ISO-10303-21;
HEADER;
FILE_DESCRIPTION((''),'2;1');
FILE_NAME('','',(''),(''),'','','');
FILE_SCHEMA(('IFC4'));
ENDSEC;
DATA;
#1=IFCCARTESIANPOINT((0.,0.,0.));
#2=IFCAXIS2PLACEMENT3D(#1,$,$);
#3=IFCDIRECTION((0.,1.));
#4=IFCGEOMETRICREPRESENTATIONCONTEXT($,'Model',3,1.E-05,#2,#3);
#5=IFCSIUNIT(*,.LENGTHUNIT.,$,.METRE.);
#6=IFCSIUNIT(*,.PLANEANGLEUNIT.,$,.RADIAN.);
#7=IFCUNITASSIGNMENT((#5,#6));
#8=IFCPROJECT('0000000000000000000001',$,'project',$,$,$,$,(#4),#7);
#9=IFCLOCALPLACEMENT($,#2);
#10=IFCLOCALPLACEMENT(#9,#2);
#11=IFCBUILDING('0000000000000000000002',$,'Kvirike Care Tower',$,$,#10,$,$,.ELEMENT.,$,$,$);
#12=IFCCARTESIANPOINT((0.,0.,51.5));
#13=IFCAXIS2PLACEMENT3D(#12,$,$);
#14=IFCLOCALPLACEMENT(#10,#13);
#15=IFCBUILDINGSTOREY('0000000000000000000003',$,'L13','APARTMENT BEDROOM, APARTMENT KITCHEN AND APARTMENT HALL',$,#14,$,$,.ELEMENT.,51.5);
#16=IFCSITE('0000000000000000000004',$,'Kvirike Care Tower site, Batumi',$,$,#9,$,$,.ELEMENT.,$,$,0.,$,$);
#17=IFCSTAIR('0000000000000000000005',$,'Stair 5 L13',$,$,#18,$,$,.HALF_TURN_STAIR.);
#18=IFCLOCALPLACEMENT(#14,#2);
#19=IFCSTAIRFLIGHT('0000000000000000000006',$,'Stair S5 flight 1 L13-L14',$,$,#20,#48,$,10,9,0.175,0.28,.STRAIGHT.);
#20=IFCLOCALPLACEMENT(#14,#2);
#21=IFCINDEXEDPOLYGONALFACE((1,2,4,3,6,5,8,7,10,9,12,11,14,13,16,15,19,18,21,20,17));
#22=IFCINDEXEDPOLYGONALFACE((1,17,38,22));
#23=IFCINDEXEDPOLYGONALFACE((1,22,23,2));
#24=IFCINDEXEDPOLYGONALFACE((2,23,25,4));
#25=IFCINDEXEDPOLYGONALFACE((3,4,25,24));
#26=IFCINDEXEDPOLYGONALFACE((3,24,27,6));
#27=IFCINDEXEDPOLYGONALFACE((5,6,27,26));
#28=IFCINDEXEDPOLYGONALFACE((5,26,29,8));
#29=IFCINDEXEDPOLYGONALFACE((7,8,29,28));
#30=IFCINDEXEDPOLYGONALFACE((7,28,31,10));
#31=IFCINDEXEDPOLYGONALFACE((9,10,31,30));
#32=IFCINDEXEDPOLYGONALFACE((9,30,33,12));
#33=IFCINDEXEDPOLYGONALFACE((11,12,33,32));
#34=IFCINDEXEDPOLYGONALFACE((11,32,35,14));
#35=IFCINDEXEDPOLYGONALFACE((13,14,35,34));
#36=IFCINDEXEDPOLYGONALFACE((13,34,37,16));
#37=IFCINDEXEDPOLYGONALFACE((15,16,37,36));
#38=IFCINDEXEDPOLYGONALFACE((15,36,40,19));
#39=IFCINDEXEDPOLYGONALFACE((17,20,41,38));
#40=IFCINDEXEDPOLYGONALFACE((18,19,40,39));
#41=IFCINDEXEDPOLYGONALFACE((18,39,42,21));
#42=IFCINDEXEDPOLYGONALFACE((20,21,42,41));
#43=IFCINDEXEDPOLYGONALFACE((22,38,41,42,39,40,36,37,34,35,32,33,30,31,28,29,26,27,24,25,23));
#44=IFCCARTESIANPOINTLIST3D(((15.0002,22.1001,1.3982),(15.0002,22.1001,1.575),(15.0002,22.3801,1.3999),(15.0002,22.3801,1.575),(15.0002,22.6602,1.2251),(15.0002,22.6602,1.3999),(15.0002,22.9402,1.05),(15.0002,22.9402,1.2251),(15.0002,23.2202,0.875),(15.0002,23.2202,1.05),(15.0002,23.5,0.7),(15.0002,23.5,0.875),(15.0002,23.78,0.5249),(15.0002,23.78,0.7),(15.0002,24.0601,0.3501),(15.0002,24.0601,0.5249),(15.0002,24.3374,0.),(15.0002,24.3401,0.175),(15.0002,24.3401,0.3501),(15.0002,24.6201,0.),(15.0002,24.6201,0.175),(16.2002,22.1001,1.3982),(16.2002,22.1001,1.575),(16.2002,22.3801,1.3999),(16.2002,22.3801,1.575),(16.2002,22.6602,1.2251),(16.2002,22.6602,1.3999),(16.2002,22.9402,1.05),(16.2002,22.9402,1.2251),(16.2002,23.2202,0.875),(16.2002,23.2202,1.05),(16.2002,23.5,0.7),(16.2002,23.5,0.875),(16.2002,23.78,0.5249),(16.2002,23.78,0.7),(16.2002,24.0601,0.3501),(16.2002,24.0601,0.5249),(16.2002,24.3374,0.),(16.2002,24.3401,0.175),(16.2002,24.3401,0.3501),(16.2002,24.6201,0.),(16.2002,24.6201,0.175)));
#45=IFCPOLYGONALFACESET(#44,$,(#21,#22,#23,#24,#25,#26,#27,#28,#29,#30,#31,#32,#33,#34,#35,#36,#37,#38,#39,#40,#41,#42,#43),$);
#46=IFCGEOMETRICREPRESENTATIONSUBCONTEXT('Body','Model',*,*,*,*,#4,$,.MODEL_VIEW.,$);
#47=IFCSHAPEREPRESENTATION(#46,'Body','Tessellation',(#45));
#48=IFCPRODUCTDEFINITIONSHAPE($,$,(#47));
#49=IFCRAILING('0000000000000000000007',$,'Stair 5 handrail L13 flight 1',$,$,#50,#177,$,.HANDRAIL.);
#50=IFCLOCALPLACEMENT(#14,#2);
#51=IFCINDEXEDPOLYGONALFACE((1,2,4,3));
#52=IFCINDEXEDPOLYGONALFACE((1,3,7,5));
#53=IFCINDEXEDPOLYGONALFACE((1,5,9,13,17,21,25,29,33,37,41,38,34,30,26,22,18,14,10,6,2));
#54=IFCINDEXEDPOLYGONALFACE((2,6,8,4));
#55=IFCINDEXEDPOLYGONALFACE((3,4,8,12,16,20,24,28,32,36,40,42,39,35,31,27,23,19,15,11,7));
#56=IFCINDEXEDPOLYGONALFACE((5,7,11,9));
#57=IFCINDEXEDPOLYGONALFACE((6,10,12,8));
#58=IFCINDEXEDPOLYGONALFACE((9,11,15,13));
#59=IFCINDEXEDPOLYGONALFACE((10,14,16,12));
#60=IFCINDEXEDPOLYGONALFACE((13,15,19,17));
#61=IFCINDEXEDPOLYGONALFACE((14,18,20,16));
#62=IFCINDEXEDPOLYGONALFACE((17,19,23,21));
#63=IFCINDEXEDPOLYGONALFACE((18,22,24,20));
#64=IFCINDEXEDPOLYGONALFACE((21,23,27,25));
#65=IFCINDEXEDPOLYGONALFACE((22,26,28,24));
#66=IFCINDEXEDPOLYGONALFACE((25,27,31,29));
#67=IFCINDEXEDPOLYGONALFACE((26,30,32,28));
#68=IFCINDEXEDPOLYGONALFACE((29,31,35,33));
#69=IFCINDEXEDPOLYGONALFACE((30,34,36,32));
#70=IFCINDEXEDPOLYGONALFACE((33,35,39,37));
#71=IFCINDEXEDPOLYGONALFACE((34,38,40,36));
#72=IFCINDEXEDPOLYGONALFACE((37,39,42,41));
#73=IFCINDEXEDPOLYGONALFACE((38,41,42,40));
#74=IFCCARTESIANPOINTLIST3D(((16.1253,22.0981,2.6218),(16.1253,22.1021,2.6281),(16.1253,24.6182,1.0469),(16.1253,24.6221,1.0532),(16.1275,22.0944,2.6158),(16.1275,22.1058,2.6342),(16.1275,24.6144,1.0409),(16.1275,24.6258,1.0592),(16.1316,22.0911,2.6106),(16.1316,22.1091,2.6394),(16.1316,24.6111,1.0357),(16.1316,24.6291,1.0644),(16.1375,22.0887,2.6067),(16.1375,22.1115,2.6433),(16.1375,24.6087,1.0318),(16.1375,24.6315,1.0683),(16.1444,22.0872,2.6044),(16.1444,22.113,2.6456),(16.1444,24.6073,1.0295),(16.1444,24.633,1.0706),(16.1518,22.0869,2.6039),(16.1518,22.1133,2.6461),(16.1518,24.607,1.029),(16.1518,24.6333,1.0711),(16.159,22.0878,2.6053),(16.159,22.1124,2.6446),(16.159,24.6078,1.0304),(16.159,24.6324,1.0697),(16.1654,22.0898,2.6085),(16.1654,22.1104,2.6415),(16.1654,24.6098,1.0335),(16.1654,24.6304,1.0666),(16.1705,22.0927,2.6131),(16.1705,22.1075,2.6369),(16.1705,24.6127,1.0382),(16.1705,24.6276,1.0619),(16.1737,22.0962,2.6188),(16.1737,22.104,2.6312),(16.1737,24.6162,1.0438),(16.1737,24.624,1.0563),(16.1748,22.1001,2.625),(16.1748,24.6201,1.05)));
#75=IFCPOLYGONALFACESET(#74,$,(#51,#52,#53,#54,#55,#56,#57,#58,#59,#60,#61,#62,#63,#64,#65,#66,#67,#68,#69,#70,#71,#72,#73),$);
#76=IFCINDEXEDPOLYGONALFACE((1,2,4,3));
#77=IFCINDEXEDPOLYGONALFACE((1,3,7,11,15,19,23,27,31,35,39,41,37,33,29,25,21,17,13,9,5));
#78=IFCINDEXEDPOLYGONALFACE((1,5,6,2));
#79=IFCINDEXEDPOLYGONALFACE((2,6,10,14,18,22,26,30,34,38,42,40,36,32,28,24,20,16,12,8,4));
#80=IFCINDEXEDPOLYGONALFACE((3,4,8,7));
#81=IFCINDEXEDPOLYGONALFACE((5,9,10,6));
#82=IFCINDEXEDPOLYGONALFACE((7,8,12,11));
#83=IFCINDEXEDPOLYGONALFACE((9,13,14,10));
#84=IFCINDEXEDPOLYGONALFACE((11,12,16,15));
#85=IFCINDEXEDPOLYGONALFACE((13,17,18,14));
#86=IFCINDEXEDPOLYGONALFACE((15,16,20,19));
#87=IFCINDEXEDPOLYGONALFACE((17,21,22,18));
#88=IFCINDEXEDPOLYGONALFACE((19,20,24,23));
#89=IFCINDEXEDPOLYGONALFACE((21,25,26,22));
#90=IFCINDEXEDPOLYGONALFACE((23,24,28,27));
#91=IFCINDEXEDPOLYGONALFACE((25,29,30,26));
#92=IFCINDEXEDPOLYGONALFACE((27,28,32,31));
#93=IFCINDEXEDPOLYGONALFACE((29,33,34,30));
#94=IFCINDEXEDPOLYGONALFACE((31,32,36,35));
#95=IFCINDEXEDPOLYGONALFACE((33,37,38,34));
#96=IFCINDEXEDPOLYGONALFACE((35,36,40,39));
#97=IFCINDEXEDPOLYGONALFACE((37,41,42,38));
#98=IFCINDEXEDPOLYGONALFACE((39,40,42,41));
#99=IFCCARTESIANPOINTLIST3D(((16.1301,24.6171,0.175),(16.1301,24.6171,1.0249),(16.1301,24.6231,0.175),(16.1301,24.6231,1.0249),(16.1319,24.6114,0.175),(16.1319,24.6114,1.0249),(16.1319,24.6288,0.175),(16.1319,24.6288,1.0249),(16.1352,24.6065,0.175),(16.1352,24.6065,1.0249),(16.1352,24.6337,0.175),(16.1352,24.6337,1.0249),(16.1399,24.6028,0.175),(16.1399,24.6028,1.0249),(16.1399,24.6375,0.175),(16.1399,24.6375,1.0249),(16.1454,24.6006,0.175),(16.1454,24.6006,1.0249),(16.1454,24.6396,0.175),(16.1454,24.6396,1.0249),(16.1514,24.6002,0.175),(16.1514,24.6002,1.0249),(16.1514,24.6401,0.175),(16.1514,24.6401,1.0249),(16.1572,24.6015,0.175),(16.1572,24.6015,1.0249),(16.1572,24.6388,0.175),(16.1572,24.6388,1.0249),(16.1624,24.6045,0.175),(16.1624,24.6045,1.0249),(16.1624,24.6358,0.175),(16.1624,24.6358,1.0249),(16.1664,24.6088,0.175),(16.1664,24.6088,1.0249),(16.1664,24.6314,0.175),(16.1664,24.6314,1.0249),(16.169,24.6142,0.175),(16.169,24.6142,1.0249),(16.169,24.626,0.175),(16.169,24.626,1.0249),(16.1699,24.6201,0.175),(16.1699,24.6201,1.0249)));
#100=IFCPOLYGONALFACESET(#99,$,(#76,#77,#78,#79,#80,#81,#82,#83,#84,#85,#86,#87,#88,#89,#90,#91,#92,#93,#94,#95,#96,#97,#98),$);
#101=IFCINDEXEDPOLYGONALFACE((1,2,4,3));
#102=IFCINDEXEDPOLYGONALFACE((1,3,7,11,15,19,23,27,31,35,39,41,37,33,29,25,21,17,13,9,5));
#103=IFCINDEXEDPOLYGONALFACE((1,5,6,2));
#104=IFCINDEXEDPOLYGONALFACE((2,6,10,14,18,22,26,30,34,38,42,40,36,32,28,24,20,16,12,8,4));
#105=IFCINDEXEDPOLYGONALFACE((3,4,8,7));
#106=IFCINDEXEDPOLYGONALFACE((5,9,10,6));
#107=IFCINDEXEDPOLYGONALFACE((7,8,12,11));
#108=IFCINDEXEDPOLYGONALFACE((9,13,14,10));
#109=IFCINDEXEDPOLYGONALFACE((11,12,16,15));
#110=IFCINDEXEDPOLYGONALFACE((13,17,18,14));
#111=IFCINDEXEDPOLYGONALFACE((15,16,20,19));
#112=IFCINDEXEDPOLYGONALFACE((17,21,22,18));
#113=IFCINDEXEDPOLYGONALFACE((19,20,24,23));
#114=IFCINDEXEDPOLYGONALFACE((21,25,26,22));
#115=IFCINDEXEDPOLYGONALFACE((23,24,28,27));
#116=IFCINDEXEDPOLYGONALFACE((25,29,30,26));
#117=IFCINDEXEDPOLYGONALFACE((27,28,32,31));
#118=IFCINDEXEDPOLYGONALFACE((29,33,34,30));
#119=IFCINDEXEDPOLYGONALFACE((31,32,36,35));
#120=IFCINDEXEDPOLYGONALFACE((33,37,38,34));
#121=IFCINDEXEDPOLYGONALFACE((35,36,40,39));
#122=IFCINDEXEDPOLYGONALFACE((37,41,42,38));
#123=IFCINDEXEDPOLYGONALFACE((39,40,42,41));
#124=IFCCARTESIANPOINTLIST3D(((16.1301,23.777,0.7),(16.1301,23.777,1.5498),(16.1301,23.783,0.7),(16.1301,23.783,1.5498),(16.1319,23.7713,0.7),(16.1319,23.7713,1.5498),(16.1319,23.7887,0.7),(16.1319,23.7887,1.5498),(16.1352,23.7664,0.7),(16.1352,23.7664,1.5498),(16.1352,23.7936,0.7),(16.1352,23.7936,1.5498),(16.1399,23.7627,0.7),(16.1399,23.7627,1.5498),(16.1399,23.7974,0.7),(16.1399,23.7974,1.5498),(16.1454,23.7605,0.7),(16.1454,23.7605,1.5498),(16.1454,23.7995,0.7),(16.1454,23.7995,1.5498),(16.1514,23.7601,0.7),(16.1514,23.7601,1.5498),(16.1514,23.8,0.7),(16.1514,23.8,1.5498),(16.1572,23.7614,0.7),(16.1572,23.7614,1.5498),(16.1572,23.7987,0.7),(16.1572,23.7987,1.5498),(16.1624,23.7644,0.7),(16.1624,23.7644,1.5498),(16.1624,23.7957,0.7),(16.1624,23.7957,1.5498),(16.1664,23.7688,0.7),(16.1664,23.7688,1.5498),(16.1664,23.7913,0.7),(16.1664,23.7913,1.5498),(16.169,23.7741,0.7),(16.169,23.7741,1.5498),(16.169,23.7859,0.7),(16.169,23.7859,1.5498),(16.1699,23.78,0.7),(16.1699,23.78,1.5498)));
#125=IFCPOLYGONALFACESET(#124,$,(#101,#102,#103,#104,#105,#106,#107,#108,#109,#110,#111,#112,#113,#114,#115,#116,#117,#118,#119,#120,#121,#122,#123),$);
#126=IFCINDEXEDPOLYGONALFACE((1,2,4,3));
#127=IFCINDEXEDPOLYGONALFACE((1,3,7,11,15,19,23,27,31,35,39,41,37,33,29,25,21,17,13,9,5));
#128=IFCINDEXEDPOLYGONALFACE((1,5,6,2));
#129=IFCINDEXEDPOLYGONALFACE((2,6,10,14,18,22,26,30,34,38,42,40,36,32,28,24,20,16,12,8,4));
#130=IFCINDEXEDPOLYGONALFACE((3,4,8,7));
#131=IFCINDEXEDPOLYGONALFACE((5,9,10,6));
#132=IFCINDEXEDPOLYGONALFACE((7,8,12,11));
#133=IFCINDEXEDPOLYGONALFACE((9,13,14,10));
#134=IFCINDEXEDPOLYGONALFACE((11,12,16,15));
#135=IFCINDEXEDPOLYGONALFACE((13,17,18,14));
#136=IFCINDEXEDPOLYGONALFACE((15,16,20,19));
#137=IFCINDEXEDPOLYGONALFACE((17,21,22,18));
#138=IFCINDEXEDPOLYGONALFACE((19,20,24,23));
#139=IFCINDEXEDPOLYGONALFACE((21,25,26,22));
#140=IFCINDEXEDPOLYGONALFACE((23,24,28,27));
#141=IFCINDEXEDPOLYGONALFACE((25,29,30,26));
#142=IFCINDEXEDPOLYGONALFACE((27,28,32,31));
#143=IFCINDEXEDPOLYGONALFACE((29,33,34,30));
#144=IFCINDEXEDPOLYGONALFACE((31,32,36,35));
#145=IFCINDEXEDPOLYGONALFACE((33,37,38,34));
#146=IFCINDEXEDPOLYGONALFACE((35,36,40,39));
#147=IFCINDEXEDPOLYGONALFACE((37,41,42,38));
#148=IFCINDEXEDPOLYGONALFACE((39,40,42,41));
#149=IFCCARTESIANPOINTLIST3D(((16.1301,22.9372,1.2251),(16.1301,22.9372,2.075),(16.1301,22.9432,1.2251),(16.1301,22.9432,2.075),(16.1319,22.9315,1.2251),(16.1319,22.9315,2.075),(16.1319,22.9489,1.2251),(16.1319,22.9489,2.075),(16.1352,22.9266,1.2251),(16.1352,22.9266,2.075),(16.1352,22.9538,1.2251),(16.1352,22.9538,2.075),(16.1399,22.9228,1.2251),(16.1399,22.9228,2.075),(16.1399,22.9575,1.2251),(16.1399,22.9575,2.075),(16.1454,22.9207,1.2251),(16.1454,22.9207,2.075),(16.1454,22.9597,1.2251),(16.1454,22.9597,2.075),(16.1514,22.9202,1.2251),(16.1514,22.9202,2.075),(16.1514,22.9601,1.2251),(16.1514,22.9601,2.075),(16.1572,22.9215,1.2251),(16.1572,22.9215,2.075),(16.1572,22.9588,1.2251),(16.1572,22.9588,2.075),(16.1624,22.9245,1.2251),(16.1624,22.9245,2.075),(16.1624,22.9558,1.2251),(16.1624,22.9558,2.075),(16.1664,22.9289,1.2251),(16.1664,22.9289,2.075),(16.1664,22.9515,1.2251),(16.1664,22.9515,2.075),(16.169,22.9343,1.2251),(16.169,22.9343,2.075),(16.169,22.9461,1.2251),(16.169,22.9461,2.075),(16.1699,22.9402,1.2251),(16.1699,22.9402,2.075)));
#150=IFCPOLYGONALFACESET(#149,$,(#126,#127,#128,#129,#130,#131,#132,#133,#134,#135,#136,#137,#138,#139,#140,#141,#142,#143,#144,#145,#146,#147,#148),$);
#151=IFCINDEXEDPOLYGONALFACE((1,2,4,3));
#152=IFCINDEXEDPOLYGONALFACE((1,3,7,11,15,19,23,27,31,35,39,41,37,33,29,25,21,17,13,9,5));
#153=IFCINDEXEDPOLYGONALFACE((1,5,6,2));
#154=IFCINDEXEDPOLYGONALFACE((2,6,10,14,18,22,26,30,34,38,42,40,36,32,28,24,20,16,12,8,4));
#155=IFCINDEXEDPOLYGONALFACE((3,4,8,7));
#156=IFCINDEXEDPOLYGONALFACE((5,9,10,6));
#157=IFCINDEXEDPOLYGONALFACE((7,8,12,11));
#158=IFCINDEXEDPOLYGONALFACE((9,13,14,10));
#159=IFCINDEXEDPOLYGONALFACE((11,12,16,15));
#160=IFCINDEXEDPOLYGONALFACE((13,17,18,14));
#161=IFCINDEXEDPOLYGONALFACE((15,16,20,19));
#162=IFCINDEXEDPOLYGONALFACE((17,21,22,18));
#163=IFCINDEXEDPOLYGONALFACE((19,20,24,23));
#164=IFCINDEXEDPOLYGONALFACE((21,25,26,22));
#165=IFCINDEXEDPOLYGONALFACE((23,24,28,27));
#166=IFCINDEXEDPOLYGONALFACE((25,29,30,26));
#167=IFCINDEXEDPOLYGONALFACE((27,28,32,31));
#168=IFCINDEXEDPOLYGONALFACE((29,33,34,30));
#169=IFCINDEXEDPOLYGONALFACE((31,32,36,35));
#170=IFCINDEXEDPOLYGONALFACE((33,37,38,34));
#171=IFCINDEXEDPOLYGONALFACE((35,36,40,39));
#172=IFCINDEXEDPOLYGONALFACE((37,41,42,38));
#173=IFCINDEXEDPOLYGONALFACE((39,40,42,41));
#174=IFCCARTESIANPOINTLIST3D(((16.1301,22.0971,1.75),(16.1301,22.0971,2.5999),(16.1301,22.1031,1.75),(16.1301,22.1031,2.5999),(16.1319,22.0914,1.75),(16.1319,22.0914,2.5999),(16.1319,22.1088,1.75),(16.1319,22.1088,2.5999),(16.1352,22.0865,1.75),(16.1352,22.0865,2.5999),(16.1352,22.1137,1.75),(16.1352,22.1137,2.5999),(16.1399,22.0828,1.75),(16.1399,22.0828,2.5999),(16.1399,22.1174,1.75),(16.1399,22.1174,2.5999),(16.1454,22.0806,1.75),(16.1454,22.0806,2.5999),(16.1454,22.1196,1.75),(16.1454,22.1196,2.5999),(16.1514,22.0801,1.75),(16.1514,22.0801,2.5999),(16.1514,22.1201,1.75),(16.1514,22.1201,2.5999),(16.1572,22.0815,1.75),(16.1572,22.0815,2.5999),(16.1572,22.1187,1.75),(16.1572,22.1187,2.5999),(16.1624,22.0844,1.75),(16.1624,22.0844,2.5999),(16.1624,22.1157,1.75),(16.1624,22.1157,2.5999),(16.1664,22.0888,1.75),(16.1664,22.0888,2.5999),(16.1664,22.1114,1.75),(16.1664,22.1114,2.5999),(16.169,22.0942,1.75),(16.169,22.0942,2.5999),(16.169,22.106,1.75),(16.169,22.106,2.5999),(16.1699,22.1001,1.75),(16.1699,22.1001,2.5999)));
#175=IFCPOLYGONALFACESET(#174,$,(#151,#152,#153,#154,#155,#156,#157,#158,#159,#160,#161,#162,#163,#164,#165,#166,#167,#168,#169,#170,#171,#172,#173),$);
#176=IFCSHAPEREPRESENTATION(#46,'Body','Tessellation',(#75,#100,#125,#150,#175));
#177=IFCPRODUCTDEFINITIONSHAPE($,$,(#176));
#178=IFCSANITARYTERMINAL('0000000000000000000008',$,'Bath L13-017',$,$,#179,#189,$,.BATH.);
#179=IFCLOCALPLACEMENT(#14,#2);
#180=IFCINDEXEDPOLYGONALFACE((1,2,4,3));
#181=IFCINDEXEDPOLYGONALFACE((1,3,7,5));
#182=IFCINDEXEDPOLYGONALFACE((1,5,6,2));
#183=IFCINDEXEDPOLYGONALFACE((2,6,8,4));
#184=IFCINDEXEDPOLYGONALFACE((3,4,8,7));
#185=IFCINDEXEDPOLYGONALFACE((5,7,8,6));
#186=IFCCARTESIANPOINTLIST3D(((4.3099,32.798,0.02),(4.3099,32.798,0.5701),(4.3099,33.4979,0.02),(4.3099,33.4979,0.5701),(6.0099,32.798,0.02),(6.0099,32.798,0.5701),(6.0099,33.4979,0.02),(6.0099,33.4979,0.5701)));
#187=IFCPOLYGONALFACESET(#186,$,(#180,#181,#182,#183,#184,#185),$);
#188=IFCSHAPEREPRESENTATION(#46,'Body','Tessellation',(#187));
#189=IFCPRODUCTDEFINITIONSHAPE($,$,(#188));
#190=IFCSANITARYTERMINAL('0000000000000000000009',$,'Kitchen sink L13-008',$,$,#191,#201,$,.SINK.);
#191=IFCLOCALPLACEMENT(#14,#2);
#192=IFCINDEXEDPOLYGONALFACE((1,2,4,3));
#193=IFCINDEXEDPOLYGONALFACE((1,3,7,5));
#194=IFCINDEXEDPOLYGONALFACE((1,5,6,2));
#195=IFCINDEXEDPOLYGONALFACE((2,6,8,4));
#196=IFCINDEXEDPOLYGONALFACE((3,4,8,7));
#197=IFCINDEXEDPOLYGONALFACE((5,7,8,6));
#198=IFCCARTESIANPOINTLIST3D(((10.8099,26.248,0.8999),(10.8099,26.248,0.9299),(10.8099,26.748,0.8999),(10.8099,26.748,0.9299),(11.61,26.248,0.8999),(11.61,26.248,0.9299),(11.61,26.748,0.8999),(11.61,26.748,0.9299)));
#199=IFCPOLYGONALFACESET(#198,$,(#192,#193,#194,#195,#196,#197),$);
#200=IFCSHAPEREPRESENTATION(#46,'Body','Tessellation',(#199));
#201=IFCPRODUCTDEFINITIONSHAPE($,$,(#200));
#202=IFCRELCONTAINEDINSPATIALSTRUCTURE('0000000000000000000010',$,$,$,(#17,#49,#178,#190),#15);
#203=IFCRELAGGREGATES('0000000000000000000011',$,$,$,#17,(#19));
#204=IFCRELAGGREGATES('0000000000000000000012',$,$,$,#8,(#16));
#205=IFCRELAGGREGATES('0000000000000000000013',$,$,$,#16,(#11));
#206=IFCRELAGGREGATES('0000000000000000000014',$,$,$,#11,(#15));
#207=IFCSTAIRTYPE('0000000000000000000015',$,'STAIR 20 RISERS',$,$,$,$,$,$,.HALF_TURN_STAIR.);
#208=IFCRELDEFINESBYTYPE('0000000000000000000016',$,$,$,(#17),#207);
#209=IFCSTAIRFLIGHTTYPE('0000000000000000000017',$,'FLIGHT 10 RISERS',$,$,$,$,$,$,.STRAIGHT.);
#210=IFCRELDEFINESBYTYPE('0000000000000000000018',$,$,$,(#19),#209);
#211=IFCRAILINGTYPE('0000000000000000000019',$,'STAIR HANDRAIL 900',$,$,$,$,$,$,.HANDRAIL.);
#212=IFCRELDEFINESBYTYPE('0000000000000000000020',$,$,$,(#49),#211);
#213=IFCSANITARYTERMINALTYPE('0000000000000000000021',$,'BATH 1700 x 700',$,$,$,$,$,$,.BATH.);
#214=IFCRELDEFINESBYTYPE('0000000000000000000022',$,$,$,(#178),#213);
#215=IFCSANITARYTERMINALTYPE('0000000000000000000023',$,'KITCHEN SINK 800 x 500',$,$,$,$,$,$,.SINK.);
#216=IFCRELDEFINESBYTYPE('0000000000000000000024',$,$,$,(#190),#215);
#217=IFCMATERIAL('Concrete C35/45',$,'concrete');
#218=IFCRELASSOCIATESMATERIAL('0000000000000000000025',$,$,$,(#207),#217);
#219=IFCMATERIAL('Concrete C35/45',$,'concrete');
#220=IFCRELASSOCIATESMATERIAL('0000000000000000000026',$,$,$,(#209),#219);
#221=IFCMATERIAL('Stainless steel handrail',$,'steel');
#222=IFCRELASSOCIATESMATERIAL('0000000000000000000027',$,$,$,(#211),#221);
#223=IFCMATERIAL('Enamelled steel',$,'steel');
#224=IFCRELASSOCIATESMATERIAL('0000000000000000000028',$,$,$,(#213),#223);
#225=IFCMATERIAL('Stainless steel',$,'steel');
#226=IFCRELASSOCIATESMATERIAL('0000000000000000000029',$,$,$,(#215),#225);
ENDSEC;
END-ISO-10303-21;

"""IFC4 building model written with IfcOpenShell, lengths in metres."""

from ifc_helpers import new_model, si_unit, direction, frame, origin, origin_2d, place, context, subcontext, project, spatial, polyline, rectangle, circle, outline, extrude, material, type_object, element, aggregate, save


model = new_model("IFC4")

# Units and contexts
model_context = context("Model", 3, precision=1e-05, world=origin(), true_north=direction((0.0, 1.0)))
body_context = subcontext(model_context, "Body", "Model", "MODEL_VIEW")
ifc_project = project(units=[si_unit("LENGTHUNIT", "METRE"), si_unit("PLANEANGLEUNIT", "RADIAN")], contexts=[model_context])

# Site, building, storey
site_placement = place(None, origin())
site = spatial("IfcSite", under=ifc_project, at=site_placement, Name="Kvirike Care Tower site, Batumi", CompositionType="ELEMENT", RefElevation=0.0)
building_placement = place(site_placement, origin())
building = spatial("IfcBuilding", under=site, at=building_placement, Name="Kvirike Care Tower", CompositionType="ELEMENT")
storey_placement = place(building_placement, frame((0.0, 0.0, 51.5)))
storey = spatial("IfcBuildingStorey", under=building, at=storey_placement, Name="L13", Description="APARTMENT BEDROOM, APARTMENT KITCHEN AND APARTMENT HALL", CompositionType="ELEMENT", Elevation=51.5)

# Stair, stair flight
ifc_material_1 = material(Name="Concrete C35/45", Category="concrete")
stair_type = type_object("IfcStairType", Name="STAIR 20 RISERS", PredefinedType="HALF_TURN_STAIR", material=ifc_material_1)
stair_placement = place(storey_placement, origin())
stair = element("IfcStair", 1, at=stair_placement, inside=storey, type_object=stair_type, Name="Stair 5 L13", PredefinedType="HALF_TURN_STAIR")
ifc_material_2 = material(Name="Concrete C35/45", Category="concrete")
stair_flight_type = type_object("IfcStairFlightType", Name="FLIGHT 10 RISERS", PredefinedType="STRAIGHT", material=ifc_material_2)
stair_flight_placement = place(storey_placement, frame((15.6001, 24.6201, 0.0), z_axis=(0.0, 0.0, 1.0), x_axis=(0.0, -1.0, 0.0)))
stair_flight = element("IfcStairFlight", 2, at=stair_flight_placement, type_object=stair_flight_type, Name="Stair S5 flight 1 L13-L14", NumberOfRisers=10, NumberOfTreads=9, PredefinedType="STRAIGHT", RiserHeight=0.175, TreadLength=0.28, context=body_context, shape_type="SweptSolid", body=[
    extrude(outline(polyline([(0.0, 0.0), (0.0, 0.175), (0.28, 0.175), (0.28, 0.3501), (0.5601, 0.3501), (0.5601, 0.5249), (0.8401, 0.5249), (0.8401, 0.7), (1.1201, 0.7), (1.1201, 0.875), (1.3999, 0.875), (1.3999, 1.05), (1.6799, 1.05), (1.6799, 1.2251), (1.96, 1.2251), (1.96, 1.3999), (2.24, 1.3999), (2.24, 1.575), (2.52, 1.575), (2.52, 1.75), (2.52, 1.3982), (0.2827, 0.0), (0.0, 0.0)])), frame((0.0, 0.6001, 0.0), z_axis=(0.0, -1.0, 0.0), x_axis=(1.0, 0.0, 0.0)), (0.0, 0.0, 1.0), 1.2),
])
aggregate(stair, [stair_flight])

# Railing
ifc_material_3 = material(Name="Stainless steel handrail", Category="steel")
railing_type = type_object("IfcRailingType", Name="STAIR HANDRAIL 900", PredefinedType="HANDRAIL", material=ifc_material_3)
railing_placement = place(storey_placement, frame((16.1499, 24.6201, 0.175)))
element("IfcRailing", 3, at=railing_placement, inside=storey, type_object=railing_type, Name="Stair 5 handrail L13 flight 1", PredefinedType="HANDRAIL", context=body_context, shape_type="SweptSolid", body=[
    extrude(circle(Radius=0.0249, at=origin_2d()), frame((0.0, 0.0, 0.875), z_axis=(0.0, -0.848008, 0.529984), x_axis=(1.0, 0.0, 0.0)), (0.0, 0.0, 1.0), 2.9717),
    extrude(circle(Radius=0.02, at=origin_2d()), origin(), (0.0, 0.0, 1.0), 0.8499),
    extrude(circle(Radius=0.02, at=origin_2d()), frame((0.0, -0.8401, 0.5249)), (0.0, 0.0, 1.0), 0.8499),
    extrude(circle(Radius=0.02, at=origin_2d()), frame((0.0, -1.6799, 1.05)), (0.0, 0.0, 1.0), 0.8499),
    extrude(circle(Radius=0.02, at=origin_2d()), frame((0.0, -2.52, 1.575)), (0.0, 0.0, 1.0), 0.8499),
])

# Sanitary terminals
ifc_material_4 = material(Name="Enamelled steel", Category="steel")
sanitary_terminal_type_1 = type_object("IfcSanitaryTerminalType", Name="BATH 1700 x 700", PredefinedType="BATH", material=ifc_material_4)
sanitary_terminal_1_placement = place(storey_placement, frame((5.1599, 33.1479, 0.02), z_axis=(0.0, 0.0, 1.0), x_axis=(1.0, 0.0, 0.0)))
element("IfcSanitaryTerminal", 4, at=sanitary_terminal_1_placement, inside=storey, type_object=sanitary_terminal_type_1, Name="Bath L13-017", PredefinedType="BATH", context=body_context, shape_type="SweptSolid", body=[
    extrude(rectangle(XDim=1.7, YDim=0.7, at=origin_2d()), origin(), (0.0, 0.0, 1.0), 0.55),
])
ifc_material_5 = material(Name="Stainless steel", Category="steel")
sanitary_terminal_type_2 = type_object("IfcSanitaryTerminalType", Name="KITCHEN SINK 800 x 500", PredefinedType="SINK", material=ifc_material_5)
for number, where, z_axis, x_axis, name in (
    (5, (11.21, 26.498, 0.8999), (0.0, 0.0, 1.0), (1.0, 0.0, 0.0), "Kitchen sink L13-008"),
):
    element("IfcSanitaryTerminal", number, at=place(storey_placement, frame(where, z_axis=z_axis, x_axis=x_axis)), inside=storey, type_object=sanitary_terminal_type_2, Name=name, PredefinedType="SINK", context=body_context, shape_type="SweptSolid", body=[
        extrude(rectangle(XDim=0.8, YDim=0.5, at=origin_2d()), origin(), (0.0, 0.0, 1.0), 0.03),
    ])

save(model, "model.ifc")
